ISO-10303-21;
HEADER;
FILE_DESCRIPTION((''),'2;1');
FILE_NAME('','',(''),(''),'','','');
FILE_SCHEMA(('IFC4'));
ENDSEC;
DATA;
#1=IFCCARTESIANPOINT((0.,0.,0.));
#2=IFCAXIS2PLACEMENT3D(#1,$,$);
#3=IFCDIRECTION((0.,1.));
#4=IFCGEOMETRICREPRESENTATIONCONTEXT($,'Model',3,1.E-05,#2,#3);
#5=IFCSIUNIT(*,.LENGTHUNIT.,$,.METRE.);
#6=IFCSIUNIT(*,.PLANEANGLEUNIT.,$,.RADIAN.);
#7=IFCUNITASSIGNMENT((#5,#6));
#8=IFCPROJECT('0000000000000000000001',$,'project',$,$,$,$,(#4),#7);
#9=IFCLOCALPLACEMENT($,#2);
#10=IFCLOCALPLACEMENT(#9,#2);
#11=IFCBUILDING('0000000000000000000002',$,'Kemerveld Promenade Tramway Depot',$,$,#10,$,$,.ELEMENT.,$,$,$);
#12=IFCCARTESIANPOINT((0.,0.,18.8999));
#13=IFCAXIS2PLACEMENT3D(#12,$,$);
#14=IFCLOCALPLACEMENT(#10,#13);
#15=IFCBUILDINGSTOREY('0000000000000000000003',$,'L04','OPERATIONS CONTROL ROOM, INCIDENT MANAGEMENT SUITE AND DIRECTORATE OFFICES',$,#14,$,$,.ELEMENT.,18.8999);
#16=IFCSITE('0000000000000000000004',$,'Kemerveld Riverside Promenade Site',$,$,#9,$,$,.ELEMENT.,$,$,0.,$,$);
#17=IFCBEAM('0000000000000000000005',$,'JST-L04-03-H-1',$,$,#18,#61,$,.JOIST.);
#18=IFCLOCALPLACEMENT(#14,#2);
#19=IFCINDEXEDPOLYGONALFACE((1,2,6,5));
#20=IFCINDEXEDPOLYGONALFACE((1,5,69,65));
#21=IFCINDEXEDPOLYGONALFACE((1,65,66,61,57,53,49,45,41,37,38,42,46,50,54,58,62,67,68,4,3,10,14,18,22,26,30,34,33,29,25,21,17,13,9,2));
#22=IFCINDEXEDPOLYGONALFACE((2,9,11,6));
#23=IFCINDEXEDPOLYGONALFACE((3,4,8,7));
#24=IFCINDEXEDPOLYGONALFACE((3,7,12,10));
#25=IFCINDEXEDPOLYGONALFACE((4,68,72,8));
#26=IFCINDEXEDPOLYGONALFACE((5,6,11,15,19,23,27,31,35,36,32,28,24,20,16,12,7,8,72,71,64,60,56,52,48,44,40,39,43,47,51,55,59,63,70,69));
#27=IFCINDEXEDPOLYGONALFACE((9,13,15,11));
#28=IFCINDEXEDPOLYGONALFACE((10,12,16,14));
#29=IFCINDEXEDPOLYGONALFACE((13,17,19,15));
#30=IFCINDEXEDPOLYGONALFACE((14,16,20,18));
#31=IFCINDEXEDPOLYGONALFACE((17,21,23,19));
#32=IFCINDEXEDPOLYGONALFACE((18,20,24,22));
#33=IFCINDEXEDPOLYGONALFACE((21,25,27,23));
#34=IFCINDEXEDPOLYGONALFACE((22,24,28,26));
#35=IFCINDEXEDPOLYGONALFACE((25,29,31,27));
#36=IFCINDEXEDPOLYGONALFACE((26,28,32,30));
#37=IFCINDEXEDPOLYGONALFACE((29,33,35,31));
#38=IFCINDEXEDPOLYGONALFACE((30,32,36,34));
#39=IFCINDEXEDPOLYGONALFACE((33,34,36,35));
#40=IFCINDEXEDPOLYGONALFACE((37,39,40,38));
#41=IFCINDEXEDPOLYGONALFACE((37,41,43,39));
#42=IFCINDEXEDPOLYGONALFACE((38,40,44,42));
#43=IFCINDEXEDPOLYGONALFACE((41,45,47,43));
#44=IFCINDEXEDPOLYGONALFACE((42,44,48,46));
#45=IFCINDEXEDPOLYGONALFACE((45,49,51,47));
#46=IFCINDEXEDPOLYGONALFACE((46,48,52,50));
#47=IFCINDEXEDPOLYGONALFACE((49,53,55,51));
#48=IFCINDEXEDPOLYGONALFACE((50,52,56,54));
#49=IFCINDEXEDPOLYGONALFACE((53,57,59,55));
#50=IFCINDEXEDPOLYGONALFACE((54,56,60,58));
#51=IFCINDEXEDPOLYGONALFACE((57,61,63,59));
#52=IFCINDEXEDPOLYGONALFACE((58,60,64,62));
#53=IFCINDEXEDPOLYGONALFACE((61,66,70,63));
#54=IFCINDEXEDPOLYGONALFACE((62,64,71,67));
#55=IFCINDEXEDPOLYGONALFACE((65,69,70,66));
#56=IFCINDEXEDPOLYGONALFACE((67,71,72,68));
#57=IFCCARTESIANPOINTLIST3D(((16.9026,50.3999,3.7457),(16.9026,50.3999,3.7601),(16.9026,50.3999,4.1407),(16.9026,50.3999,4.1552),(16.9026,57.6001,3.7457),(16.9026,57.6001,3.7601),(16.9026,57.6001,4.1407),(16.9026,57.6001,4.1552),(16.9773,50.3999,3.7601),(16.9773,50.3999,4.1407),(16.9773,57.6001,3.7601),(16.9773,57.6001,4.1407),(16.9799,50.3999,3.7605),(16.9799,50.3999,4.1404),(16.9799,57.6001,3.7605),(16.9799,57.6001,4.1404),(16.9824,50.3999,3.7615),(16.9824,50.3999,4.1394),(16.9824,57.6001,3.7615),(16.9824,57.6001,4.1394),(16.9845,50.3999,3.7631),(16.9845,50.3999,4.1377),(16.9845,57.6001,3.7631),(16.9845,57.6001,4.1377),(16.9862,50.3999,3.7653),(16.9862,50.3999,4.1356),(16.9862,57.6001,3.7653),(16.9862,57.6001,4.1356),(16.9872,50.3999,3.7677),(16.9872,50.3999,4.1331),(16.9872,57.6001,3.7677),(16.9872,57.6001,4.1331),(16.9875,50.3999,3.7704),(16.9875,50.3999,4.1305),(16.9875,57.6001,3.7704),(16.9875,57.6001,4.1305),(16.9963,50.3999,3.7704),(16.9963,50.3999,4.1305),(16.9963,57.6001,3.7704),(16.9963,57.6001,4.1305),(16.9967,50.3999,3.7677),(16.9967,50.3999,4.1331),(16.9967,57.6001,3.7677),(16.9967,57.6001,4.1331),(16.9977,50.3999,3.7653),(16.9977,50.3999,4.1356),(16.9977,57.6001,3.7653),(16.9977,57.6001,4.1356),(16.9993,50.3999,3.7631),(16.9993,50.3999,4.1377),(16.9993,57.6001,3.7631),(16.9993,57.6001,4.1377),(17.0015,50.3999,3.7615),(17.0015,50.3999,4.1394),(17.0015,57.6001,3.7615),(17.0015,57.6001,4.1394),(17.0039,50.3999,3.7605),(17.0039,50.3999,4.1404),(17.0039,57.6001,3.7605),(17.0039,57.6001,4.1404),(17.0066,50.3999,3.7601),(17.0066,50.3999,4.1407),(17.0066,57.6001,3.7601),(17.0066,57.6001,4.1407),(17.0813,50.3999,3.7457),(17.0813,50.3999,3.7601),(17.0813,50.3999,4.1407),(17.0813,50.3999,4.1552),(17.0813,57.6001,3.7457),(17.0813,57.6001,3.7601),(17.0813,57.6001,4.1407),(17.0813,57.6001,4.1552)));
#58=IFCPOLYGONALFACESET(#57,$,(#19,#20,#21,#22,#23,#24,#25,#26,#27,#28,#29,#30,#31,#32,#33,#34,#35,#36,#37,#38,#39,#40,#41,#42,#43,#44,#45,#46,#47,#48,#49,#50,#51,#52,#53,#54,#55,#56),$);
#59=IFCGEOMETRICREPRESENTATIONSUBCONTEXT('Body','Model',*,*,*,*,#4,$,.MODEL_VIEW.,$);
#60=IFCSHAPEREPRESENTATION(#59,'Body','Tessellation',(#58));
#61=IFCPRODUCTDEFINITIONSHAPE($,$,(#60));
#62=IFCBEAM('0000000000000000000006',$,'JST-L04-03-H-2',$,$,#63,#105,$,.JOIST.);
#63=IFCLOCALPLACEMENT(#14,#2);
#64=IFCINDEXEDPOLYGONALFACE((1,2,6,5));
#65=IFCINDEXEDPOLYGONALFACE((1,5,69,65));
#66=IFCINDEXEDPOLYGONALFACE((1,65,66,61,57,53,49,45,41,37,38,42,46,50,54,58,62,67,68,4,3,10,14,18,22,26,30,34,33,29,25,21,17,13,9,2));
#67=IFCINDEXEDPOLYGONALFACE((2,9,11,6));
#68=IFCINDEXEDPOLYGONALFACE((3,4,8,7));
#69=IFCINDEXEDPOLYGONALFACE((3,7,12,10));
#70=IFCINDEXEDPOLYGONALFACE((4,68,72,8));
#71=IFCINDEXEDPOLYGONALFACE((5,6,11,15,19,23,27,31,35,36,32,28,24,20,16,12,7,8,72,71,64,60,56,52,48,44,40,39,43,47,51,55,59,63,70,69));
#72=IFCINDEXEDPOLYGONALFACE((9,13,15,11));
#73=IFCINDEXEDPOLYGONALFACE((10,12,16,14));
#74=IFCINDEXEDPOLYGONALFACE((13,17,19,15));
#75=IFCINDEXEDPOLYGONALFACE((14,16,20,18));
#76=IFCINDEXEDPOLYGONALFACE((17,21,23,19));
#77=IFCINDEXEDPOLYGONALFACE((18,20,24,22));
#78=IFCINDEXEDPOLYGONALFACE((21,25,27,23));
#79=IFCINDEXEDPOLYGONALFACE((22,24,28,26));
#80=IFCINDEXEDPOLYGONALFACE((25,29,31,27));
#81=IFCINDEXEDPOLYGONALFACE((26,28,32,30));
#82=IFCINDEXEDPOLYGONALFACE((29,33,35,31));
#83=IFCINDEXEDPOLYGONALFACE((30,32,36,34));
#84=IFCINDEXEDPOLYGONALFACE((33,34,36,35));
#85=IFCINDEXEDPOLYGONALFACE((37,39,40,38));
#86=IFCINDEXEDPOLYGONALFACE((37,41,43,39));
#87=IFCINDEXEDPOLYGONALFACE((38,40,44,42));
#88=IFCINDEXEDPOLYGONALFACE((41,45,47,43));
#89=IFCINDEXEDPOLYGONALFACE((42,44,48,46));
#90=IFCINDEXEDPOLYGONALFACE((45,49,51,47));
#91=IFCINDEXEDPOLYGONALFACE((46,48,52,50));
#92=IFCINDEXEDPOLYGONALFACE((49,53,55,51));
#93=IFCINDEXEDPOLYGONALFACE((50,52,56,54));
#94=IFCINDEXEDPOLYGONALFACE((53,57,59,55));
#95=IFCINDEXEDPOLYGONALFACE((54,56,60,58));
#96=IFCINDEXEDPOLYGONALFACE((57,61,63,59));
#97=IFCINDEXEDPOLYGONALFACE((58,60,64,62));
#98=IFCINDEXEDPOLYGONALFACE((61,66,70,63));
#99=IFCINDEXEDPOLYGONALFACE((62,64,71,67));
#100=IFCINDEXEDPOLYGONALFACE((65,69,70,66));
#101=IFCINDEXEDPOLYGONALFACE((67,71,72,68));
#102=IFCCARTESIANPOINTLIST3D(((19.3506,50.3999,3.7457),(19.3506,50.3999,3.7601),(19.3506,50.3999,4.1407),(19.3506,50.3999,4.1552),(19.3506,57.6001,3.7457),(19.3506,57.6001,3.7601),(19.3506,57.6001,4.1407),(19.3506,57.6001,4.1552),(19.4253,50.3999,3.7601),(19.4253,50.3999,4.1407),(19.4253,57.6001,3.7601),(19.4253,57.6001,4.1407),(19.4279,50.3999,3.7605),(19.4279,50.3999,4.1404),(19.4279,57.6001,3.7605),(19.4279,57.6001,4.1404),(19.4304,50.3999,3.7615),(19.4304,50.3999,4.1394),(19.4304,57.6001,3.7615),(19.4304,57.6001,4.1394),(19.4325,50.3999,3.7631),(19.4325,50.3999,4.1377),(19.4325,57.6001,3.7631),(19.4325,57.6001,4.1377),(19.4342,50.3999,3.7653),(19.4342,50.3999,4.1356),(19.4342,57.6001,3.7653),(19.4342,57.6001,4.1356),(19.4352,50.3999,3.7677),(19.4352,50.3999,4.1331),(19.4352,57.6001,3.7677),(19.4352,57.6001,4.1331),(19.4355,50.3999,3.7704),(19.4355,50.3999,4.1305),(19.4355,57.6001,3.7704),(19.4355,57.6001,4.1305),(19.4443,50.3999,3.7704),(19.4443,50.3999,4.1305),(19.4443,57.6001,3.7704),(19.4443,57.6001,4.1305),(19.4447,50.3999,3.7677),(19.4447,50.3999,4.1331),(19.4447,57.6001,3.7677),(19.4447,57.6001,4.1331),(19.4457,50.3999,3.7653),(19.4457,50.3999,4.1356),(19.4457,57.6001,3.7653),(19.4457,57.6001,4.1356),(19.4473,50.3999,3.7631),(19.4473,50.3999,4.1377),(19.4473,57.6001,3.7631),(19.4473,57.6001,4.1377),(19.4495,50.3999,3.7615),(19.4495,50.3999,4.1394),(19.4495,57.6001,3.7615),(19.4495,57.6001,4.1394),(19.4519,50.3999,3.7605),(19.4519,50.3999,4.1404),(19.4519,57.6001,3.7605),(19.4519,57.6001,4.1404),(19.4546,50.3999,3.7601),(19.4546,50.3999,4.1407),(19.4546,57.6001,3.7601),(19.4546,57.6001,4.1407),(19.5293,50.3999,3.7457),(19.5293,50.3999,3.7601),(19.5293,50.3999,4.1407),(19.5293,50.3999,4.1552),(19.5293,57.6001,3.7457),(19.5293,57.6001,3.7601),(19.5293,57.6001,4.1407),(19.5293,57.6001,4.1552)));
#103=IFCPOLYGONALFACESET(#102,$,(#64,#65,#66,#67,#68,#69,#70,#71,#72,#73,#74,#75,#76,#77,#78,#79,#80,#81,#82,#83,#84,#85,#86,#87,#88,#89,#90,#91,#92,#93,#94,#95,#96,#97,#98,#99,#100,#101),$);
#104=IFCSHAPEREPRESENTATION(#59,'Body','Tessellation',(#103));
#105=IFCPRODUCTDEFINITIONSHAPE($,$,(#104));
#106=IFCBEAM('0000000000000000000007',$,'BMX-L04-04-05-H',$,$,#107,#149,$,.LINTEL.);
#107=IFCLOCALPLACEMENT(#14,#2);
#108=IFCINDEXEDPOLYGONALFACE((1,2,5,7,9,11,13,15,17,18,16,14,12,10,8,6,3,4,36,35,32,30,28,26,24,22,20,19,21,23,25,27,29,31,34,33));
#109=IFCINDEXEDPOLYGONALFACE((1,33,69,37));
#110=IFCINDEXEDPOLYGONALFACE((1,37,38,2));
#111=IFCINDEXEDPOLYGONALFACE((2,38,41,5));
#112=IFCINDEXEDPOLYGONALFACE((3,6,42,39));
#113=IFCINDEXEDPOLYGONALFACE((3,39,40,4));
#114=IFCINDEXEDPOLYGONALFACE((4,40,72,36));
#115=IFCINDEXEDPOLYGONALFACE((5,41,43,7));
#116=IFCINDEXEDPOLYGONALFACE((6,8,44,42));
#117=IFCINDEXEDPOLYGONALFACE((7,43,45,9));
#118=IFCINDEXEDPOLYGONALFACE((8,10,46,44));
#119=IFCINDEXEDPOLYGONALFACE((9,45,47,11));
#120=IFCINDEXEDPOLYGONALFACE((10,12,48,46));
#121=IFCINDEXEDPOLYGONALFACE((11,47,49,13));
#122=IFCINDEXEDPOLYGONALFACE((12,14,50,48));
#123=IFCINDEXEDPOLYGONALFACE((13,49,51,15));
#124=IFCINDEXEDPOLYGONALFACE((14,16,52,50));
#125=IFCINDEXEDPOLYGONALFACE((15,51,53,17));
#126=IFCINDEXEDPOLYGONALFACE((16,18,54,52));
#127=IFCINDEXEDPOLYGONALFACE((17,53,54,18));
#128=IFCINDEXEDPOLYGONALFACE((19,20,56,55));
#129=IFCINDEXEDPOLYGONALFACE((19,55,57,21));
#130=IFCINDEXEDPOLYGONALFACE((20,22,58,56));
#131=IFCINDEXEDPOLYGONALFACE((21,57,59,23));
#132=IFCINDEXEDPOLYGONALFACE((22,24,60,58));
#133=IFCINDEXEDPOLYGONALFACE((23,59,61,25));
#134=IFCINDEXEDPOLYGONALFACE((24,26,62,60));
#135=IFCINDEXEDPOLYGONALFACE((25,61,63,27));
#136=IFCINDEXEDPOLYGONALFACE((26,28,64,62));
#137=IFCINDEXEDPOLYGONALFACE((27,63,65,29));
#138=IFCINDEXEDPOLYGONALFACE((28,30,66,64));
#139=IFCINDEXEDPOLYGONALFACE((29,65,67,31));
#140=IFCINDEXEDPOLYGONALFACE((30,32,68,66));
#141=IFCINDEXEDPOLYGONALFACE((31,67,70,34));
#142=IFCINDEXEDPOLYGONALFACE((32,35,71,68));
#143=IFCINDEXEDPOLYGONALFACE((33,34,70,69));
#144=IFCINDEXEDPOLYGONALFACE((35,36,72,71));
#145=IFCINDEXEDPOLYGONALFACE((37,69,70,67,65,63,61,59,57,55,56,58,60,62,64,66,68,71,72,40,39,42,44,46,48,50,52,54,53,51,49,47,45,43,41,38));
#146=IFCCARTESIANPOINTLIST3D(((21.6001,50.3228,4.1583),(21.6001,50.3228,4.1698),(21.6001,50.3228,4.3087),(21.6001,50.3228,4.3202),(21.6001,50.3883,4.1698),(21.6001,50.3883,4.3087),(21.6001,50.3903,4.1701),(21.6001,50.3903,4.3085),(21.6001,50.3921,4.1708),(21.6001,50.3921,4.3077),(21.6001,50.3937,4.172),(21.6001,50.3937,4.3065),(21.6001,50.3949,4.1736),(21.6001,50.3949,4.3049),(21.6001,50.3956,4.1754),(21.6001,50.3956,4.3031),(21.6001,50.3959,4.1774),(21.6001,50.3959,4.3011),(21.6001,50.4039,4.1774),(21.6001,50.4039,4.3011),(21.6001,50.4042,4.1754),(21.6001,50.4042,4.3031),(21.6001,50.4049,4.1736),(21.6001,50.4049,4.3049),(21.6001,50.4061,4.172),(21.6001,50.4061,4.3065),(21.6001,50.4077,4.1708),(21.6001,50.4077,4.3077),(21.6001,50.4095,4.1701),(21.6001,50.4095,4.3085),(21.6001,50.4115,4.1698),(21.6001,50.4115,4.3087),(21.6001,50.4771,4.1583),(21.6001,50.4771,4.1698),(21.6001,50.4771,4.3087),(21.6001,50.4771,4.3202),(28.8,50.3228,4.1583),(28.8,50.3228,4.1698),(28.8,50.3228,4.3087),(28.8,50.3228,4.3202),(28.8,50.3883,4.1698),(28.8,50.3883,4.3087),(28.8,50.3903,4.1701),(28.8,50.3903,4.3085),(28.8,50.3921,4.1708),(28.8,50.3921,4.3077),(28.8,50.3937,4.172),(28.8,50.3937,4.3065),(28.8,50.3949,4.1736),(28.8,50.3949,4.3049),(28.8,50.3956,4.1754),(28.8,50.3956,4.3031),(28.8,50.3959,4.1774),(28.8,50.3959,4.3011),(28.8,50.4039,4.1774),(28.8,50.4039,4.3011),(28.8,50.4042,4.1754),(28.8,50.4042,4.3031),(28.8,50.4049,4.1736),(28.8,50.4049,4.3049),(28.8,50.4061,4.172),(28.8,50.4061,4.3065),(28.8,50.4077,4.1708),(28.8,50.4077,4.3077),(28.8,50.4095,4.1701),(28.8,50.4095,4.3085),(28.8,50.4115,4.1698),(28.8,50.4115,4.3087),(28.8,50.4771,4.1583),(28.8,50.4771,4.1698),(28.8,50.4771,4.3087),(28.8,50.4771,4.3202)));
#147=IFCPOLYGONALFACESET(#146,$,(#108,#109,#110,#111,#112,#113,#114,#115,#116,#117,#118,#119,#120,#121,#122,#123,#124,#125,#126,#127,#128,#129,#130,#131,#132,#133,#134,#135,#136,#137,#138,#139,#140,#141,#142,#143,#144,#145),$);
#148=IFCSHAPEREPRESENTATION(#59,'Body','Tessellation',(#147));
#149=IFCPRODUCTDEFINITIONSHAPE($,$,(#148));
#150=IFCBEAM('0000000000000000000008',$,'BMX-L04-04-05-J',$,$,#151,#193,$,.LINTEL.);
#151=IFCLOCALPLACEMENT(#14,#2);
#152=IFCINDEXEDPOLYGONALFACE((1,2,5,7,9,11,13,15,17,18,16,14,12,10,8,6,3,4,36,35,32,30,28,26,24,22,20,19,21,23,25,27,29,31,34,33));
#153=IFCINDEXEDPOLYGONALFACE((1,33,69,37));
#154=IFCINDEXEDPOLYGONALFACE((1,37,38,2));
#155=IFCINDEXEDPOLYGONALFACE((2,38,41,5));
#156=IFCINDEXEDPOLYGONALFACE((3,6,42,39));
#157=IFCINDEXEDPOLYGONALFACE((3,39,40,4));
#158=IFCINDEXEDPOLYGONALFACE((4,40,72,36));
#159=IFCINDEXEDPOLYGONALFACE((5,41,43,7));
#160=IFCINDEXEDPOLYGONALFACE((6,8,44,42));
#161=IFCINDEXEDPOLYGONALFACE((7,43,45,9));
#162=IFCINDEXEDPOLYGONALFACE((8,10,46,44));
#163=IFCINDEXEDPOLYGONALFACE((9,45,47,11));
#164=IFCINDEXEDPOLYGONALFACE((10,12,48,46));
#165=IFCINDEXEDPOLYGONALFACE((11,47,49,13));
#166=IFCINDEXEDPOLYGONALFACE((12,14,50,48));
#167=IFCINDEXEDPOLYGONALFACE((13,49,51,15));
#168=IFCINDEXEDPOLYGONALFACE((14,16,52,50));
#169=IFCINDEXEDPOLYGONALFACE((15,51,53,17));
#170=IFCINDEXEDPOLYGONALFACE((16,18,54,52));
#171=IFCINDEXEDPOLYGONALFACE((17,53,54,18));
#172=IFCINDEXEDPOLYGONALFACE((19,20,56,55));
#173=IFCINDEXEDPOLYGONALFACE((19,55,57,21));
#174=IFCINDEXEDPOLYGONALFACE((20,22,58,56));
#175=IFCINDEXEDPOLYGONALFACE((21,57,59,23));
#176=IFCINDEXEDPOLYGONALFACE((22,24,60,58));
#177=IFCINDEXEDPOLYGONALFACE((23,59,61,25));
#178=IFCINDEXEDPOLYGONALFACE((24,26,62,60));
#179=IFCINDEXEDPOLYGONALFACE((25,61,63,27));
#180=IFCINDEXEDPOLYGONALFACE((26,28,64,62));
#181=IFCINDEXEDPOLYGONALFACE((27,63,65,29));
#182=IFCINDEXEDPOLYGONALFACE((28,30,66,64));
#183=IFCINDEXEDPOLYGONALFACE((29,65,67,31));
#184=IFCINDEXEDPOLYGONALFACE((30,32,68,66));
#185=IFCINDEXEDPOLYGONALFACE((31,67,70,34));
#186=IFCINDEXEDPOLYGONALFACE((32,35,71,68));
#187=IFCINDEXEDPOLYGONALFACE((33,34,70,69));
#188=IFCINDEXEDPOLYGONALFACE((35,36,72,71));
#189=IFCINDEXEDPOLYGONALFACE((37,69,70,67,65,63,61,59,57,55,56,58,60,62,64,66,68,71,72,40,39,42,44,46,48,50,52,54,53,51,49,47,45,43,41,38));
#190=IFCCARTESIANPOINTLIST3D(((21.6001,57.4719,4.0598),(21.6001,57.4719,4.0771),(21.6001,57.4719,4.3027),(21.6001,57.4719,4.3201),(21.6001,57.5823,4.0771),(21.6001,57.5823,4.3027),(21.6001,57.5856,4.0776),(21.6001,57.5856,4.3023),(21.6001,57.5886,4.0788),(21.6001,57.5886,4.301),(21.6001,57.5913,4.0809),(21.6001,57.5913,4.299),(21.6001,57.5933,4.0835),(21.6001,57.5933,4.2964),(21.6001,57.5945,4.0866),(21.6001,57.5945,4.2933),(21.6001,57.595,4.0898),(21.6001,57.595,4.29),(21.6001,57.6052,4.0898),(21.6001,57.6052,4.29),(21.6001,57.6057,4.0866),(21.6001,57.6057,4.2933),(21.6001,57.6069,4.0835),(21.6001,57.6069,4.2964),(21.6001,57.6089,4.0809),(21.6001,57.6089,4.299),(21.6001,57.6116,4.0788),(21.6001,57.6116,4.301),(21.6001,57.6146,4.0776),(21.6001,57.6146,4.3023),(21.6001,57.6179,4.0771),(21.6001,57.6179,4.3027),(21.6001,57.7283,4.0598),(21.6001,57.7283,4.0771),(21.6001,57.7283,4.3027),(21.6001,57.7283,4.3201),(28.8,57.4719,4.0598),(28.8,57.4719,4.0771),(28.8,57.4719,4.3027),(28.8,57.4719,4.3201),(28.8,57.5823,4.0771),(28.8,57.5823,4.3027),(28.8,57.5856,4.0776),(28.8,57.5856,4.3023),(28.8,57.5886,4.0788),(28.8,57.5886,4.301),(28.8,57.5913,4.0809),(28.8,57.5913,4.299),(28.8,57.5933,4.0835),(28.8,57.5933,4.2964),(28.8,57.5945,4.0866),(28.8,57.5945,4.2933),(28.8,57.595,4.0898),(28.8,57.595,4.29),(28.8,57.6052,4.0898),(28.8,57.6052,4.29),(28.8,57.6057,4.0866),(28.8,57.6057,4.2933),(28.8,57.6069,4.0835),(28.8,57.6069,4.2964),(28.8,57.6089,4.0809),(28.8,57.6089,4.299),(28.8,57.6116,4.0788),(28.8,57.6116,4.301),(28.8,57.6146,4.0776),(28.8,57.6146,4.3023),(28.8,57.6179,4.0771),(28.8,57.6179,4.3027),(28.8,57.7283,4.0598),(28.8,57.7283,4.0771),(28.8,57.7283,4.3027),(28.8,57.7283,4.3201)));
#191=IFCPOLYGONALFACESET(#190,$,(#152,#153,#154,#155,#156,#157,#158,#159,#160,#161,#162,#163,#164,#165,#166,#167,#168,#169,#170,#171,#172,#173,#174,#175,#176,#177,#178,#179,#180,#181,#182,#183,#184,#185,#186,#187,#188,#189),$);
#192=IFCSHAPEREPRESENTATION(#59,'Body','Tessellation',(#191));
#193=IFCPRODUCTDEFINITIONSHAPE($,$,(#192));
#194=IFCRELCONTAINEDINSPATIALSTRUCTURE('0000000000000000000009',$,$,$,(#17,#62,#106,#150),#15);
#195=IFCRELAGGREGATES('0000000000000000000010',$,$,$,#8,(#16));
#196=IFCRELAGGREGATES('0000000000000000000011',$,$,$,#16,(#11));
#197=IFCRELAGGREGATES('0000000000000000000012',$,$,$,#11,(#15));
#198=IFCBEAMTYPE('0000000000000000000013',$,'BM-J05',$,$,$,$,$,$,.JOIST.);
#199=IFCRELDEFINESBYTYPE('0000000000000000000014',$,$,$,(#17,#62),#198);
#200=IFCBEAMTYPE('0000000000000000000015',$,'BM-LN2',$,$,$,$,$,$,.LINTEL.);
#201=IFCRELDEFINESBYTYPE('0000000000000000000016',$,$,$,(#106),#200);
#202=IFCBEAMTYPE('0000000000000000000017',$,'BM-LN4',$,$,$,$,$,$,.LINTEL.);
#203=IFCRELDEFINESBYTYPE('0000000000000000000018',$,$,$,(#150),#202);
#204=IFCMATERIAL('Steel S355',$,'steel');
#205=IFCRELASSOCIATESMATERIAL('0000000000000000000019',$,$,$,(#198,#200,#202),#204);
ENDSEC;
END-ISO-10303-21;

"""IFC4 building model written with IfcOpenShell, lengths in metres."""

from ifc_helpers import new_model, si_unit, direction, frame, origin, origin_2d, place, context, subcontext, project, spatial, i_section, extrude, material, material_profile, profile_set, type_object, element, save


model = new_model("IFC4")

# Units and contexts
model_context = context("Model", 3, precision=1e-05, world=origin(), true_north=direction((0.0, 1.0)))
body_context = subcontext(model_context, "Body", "Model", "MODEL_VIEW")
ifc_project = project(units=[si_unit("LENGTHUNIT", "METRE"), si_unit("PLANEANGLEUNIT", "RADIAN")], contexts=[model_context])

# Site, building, storey
site_placement = place(None, origin())
site = spatial("IfcSite", under=ifc_project, at=site_placement, Name="Kemerveld Riverside Promenade Site", CompositionType="ELEMENT", RefElevation=0.0)
building_placement = place(site_placement, origin())
building = spatial("IfcBuilding", under=site, at=building_placement, Name="Kemerveld Promenade Tramway Depot", CompositionType="ELEMENT")
storey_placement = place(building_placement, frame((0.0, 0.0, 18.8999)))
storey = spatial("IfcBuildingStorey", under=building, at=storey_placement, Name="L04", Description="OPERATIONS CONTROL ROOM, INCIDENT MANAGEMENT SUITE AND DIRECTORATE OFFICES", CompositionType="ELEMENT", Elevation=18.8999)

# Shared definitions
ifc_material_1 = material(Name="Steel S355", Category="steel")

# Beams
ifc_material_profile_1 = material_profile(ifc_material_1, i_section(OverallWidth=0.1787, OverallDepth=0.4094, WebThickness=0.0088, FlangeThickness=0.0144, FilletRadius=0.0103, at=origin_2d()), Name="406x178x67 UB")
ifc_profile_set_1 = profile_set([ifc_material_profile_1], Name="Steel S355")
beam_type_1 = type_object("IfcBeamType", Name="BM-J05", PredefinedType="JOIST", material=ifc_profile_set_1)
for number, where, z_axis, x_axis, name in (
    (1, (16.9919, 50.3999, 3.9504), (0.0, 1.0, 0.0), (-1.0, 0.0, 0.0), "JST-L04-03-H-1"),
    (2, (19.4399, 50.3999, 3.9504), (0.0, 1.0, 0.0), (-1.0, 0.0, 0.0), "JST-L04-03-H-2"),
):
    element("IfcBeam", number, at=place(storey_placement, frame(where, z_axis=z_axis, x_axis=x_axis)), inside=storey, type_object=beam_type_1, Name=name, PredefinedType="JOIST", context=body_context, shape_type="SweptSolid", body=[
        extrude(i_section(OverallWidth=0.1787, OverallDepth=0.4094, WebThickness=0.0088, FlangeThickness=0.0144, FilletRadius=0.0103, at=origin_2d()), origin(), (0.0, 0.0, 1.0), 7.2002),
    ])
ifc_material_profile_2 = material_profile(ifc_material_1, i_section(OverallWidth=0.1543, OverallDepth=0.1619, WebThickness=0.0081, FlangeThickness=0.0115, FilletRadius=0.0076, at=origin_2d()), Name="152x152x37 UC")
ifc_profile_set_2 = profile_set([ifc_material_profile_2], Name="Steel S355")
beam_type_2 = type_object("IfcBeamType", Name="BM-LN2", PredefinedType="LINTEL", material=ifc_profile_set_2)
beam_1_placement = place(storey_placement, frame((21.6001, 50.3999, 4.2393), z_axis=(1.0, 0.0, 0.0), x_axis=(0.0, 1.0, 0.0)))
element("IfcBeam", 3, at=beam_1_placement, inside=storey, type_object=beam_type_2, Name="BMX-L04-04-05-H", PredefinedType="LINTEL", context=body_context, shape_type="SweptSolid", body=[
    extrude(i_section(OverallWidth=0.1543, OverallDepth=0.1619, WebThickness=0.0081, FlangeThickness=0.0115, FilletRadius=0.0076, at=origin_2d()), origin(), (0.0, 0.0, 1.0), 7.2),
])
ifc_material_profile_3 = material_profile(ifc_material_1, i_section(OverallWidth=0.2563, OverallDepth=0.2603, WebThickness=0.0103, FlangeThickness=0.0173, FilletRadius=0.0127, at=origin_2d()), Name="254x254x89 UC")
ifc_profile_set_3 = profile_set([ifc_material_profile_3], Name="Steel S355")
beam_type_3 = type_object("IfcBeamType", Name="BM-LN4", PredefinedType="LINTEL", material=ifc_profile_set_3)
beam_2_placement = place(storey_placement, frame((21.6001, 57.6001, 4.1899), z_axis=(1.0, 0.0, 0.0), x_axis=(0.0, 1.0, 0.0)))
element("IfcBeam", 4, at=beam_2_placement, inside=storey, type_object=beam_type_3, Name="BMX-L04-04-05-J", PredefinedType="LINTEL", context=body_context, shape_type="SweptSolid", body=[
    extrude(i_section(OverallWidth=0.2563, OverallDepth=0.2603, WebThickness=0.0103, FlangeThickness=0.0173, FilletRadius=0.0127, at=origin_2d()), origin(), (0.0, 0.0, 1.0), 7.2),
])

save(model, "model.ifc")
